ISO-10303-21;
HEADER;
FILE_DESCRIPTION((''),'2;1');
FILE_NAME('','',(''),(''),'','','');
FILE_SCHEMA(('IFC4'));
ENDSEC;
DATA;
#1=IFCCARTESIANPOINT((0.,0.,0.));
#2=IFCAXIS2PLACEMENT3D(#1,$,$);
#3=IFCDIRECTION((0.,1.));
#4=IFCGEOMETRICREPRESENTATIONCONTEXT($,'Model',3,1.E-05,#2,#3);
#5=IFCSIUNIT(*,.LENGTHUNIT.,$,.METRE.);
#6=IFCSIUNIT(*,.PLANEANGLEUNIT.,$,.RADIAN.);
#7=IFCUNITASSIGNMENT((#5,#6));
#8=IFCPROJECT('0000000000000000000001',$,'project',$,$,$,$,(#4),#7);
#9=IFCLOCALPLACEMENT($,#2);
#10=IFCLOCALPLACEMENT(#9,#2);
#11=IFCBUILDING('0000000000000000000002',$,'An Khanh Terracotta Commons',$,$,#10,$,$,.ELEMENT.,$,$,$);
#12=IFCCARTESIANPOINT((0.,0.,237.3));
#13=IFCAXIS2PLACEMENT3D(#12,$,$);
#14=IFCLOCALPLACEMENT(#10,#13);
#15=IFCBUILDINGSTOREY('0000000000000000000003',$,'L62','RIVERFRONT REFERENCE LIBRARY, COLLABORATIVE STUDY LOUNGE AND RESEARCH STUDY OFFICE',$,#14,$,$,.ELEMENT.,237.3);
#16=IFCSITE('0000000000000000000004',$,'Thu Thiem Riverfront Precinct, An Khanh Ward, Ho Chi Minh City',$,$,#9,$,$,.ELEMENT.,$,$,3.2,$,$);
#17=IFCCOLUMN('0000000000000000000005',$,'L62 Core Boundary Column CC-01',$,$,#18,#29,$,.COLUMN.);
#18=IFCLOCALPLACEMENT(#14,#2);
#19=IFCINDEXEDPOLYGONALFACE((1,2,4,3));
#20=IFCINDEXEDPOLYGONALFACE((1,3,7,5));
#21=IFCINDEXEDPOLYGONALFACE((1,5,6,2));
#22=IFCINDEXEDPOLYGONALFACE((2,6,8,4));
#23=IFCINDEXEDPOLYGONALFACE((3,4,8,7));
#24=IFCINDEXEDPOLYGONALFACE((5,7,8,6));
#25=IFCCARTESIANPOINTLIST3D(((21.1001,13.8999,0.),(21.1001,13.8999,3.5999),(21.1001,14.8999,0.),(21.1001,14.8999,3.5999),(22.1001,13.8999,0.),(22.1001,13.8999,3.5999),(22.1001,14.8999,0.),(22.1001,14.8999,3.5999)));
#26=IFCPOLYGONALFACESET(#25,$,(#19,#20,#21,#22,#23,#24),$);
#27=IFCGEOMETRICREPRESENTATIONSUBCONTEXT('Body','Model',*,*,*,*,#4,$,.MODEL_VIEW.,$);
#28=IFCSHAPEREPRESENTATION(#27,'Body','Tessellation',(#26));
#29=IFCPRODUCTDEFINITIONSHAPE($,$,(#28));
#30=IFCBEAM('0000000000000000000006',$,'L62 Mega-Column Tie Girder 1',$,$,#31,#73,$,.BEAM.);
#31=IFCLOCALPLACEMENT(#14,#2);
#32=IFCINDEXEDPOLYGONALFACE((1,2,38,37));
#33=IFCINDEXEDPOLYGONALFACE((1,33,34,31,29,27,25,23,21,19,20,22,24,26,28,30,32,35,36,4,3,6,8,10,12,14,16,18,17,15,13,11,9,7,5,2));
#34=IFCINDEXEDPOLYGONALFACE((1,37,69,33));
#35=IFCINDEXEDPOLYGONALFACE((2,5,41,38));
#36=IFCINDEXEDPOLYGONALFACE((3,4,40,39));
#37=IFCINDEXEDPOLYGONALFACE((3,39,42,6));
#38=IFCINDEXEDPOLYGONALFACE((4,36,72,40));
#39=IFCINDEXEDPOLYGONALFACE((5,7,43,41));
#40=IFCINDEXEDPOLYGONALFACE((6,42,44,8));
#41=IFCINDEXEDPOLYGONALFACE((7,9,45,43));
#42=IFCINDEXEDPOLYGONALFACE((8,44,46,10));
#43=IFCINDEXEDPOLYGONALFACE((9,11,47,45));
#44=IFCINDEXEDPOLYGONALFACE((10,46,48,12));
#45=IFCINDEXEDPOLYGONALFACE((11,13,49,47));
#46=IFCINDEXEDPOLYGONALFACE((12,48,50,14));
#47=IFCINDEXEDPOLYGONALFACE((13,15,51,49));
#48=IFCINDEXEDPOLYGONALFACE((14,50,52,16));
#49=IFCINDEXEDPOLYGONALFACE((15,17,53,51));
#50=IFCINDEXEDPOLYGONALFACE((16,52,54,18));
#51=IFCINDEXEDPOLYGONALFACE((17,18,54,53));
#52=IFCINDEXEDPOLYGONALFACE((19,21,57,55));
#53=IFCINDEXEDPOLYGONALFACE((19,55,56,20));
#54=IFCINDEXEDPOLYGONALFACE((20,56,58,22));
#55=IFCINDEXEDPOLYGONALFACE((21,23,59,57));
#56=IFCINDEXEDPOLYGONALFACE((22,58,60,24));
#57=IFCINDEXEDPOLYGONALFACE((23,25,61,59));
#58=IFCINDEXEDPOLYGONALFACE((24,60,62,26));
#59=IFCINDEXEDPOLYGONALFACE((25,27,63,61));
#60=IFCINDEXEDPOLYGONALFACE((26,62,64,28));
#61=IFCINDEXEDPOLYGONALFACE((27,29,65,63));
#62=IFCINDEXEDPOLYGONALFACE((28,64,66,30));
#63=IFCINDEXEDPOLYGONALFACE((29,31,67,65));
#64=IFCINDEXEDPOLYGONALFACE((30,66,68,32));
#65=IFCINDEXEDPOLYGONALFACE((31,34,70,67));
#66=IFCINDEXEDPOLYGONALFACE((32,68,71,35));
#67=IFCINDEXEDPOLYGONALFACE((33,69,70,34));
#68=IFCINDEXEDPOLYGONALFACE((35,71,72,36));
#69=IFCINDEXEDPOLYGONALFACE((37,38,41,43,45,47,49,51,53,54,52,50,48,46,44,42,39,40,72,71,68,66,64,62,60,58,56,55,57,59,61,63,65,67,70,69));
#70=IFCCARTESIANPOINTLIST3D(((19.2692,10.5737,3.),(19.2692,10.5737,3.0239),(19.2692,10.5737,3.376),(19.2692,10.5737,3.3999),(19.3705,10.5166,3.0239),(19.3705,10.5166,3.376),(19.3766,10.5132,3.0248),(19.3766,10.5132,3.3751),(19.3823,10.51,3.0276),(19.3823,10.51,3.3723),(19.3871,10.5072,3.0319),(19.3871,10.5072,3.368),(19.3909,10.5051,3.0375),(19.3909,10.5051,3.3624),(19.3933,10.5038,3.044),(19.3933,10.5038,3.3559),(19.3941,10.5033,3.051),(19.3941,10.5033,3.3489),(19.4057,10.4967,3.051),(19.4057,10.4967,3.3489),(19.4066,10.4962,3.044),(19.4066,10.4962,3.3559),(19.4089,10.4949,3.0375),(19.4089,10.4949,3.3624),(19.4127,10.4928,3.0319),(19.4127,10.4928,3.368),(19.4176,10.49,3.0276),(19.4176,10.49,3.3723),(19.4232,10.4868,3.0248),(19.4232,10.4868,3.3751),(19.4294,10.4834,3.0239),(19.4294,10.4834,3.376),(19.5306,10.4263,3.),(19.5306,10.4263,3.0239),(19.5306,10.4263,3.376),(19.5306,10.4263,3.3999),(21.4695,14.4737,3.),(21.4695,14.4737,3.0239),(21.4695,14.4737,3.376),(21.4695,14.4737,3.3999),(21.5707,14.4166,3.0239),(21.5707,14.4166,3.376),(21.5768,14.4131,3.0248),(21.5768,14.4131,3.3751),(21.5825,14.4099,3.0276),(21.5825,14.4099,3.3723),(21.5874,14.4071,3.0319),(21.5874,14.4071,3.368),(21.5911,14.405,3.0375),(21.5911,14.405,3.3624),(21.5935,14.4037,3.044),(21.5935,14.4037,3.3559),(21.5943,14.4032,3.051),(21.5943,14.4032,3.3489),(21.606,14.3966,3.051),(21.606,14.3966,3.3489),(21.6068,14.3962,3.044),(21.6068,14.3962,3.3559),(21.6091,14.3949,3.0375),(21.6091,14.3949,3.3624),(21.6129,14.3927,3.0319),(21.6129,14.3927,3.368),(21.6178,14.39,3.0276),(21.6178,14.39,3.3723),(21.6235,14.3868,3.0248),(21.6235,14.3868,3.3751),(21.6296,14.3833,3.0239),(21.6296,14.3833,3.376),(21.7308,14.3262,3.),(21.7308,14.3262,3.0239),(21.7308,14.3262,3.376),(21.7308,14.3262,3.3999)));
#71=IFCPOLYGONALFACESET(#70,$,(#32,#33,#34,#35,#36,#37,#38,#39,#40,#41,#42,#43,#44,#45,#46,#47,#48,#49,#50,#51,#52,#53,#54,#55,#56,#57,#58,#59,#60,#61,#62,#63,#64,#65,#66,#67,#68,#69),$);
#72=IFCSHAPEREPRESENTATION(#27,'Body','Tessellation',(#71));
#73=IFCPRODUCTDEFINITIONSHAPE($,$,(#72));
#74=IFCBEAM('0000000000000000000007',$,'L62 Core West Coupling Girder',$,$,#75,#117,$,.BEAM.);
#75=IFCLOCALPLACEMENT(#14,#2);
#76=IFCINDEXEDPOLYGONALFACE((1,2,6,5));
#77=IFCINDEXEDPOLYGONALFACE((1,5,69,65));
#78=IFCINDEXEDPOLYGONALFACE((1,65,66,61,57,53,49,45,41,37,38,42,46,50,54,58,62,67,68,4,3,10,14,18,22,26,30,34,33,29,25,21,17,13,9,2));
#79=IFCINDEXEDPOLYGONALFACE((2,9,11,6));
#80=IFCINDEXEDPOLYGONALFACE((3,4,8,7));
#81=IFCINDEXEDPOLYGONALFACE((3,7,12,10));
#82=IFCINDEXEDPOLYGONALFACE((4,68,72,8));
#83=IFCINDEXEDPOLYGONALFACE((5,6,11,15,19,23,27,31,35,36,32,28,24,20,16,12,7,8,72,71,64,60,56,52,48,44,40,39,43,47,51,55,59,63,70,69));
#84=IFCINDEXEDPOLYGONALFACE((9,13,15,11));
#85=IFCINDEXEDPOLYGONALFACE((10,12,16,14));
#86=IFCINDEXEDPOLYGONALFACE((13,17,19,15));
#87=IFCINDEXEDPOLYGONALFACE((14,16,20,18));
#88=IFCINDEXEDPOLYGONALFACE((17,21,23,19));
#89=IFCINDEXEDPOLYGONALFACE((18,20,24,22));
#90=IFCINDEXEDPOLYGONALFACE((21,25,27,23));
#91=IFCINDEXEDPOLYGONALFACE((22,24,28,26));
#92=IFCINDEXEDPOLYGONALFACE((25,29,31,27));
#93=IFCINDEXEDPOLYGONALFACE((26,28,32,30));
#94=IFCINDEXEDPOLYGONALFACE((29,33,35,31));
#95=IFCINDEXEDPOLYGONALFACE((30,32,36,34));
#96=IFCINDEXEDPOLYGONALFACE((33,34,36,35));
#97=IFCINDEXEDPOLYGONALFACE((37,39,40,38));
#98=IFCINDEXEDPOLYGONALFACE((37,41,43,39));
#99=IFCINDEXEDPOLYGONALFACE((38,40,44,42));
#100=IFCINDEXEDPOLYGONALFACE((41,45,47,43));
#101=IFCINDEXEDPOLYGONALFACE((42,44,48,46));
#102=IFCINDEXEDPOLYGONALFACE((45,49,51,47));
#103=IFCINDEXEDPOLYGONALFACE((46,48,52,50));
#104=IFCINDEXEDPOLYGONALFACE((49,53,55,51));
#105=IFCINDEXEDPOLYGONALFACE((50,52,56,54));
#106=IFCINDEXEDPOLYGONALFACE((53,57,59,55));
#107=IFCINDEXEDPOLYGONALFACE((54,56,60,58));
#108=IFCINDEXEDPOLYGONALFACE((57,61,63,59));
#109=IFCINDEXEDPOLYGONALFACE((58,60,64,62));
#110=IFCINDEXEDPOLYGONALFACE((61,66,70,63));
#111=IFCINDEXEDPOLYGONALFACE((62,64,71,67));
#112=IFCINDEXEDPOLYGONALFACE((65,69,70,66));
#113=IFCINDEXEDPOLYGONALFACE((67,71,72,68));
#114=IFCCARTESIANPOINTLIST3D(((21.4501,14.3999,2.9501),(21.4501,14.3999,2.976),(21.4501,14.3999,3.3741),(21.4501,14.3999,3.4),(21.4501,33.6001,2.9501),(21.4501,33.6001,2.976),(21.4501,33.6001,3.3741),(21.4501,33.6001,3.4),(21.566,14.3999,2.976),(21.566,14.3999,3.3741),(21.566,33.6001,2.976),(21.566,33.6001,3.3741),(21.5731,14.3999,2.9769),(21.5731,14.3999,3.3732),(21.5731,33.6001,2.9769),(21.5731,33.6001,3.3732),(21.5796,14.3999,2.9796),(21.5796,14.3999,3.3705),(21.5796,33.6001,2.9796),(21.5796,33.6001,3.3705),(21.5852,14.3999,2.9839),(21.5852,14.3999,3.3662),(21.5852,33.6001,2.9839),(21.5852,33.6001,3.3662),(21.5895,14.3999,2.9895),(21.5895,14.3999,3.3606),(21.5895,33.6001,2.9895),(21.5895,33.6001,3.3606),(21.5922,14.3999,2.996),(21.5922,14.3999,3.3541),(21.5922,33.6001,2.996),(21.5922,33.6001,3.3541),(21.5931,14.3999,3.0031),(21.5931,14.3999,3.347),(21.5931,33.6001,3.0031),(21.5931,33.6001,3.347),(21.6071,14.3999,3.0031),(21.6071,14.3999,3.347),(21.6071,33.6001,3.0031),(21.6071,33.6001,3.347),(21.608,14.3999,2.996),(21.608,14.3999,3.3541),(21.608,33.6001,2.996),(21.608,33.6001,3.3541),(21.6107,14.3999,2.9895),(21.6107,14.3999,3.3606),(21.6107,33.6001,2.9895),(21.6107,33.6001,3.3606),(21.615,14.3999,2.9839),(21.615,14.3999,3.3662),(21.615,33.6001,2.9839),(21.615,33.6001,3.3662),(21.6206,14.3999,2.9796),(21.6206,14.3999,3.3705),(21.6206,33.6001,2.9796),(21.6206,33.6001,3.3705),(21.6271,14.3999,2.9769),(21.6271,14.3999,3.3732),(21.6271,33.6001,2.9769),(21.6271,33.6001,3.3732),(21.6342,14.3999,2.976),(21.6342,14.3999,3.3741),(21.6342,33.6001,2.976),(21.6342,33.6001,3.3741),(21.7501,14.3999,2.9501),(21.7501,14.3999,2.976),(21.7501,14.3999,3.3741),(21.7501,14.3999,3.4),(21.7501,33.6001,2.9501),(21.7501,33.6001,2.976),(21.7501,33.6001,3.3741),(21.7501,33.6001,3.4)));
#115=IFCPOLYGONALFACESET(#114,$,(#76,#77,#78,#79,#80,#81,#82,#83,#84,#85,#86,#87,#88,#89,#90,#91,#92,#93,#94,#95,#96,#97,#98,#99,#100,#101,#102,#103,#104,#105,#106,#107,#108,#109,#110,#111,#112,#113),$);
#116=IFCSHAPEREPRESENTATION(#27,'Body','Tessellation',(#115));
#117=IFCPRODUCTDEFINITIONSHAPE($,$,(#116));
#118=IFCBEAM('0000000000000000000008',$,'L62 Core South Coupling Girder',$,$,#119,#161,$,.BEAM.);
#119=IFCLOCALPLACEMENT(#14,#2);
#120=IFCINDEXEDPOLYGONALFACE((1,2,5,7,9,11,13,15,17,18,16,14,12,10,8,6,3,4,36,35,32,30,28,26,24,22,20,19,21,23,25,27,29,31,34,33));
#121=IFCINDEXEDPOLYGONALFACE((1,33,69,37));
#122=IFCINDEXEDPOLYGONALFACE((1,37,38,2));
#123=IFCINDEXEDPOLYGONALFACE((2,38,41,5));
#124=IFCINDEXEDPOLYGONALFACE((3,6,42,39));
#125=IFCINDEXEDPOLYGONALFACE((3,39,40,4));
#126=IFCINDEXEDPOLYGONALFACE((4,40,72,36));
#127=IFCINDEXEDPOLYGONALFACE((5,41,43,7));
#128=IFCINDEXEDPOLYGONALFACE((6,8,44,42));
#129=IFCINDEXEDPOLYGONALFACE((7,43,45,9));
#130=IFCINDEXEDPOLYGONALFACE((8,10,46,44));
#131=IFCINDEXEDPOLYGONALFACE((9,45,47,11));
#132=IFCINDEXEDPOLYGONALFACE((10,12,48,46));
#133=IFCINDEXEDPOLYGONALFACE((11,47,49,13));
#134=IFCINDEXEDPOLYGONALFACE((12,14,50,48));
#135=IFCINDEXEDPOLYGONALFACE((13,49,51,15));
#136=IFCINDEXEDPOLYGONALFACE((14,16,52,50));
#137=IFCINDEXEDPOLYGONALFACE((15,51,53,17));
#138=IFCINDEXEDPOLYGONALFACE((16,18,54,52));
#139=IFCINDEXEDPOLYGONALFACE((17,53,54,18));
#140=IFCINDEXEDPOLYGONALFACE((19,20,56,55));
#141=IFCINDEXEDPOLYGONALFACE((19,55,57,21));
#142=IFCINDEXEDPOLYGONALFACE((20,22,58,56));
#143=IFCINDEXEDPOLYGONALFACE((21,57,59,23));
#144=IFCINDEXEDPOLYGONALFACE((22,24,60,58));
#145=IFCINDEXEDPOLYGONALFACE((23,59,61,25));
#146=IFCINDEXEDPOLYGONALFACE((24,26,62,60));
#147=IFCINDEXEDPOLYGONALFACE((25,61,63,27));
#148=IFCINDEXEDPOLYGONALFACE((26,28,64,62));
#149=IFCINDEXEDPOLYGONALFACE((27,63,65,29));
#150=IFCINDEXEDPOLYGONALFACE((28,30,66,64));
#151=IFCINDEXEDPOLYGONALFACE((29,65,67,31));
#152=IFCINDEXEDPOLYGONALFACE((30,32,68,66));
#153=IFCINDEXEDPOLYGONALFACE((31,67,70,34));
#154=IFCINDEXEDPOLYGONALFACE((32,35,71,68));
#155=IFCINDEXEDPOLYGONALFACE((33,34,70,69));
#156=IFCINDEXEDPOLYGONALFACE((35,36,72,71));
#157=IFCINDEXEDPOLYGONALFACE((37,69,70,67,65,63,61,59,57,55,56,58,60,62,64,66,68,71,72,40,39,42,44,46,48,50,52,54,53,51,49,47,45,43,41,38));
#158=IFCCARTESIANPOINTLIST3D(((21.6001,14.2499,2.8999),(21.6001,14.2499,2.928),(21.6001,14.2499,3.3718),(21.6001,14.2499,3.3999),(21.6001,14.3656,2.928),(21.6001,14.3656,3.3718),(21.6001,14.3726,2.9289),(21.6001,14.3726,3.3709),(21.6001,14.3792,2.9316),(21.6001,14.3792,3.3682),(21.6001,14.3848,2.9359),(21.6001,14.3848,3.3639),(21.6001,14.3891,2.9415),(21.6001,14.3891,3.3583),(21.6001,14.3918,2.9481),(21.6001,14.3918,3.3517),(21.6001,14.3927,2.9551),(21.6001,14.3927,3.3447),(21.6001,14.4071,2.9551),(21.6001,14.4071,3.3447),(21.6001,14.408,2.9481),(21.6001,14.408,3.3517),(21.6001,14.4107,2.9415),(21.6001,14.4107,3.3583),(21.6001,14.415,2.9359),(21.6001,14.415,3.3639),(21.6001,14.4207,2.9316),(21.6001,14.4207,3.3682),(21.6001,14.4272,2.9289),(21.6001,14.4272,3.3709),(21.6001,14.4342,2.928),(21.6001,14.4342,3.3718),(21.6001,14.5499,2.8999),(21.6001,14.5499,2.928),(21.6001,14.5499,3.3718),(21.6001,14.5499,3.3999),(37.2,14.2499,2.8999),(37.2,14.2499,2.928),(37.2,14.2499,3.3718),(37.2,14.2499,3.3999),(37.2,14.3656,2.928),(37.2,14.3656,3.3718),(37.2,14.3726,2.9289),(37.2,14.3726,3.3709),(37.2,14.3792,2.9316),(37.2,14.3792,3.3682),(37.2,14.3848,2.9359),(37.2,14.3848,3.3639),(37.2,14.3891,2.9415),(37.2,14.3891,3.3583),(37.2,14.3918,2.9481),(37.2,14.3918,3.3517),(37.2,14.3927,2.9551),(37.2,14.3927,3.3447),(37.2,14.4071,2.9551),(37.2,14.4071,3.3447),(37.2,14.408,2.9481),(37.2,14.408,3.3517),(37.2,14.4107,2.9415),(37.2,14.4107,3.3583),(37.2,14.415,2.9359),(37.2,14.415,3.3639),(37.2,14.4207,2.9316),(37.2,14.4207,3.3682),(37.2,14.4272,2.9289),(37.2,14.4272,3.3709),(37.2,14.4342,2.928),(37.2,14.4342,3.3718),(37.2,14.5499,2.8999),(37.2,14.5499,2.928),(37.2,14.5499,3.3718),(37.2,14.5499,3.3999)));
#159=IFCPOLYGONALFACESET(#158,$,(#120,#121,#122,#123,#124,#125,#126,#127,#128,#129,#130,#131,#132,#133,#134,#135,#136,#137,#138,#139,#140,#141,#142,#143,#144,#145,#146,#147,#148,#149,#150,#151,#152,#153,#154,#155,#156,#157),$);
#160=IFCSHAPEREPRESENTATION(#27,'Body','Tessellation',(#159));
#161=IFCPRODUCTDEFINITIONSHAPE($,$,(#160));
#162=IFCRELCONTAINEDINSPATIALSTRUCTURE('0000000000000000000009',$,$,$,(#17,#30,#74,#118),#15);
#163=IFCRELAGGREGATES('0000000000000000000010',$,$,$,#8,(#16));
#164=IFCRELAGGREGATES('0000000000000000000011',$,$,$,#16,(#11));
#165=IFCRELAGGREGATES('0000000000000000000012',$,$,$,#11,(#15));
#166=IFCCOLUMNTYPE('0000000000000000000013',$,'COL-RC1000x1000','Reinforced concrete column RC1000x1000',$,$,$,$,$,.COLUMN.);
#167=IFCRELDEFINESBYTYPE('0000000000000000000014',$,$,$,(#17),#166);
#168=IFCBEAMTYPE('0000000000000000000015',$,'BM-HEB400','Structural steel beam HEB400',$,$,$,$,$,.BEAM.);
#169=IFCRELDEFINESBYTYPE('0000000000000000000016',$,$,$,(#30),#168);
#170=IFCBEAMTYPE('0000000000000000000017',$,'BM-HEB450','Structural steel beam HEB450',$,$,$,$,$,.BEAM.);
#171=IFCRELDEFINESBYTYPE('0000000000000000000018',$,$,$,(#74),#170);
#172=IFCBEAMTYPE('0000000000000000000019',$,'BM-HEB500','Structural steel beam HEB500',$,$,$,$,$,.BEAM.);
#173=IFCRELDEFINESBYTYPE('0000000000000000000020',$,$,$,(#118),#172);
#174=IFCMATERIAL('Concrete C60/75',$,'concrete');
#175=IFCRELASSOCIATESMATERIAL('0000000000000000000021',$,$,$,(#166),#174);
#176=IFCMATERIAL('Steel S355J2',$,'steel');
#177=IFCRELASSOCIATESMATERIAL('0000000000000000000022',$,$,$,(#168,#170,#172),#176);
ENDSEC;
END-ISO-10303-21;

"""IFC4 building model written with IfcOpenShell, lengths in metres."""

from ifc_helpers import new_model, si_unit, direction, frame, origin, origin_2d, place, context, subcontext, project, spatial, rectangle, i_section, extrude, material, material_profile, profile_set, type_object, element, save


model = new_model("IFC4")

# Units and contexts
model_context = context("Model", 3, precision=1e-05, world=origin(), true_north=direction((0.0, 1.0)))
body_context = subcontext(model_context, "Body", "Model", "MODEL_VIEW")
ifc_project = project(units=[si_unit("LENGTHUNIT", "METRE"), si_unit("PLANEANGLEUNIT", "RADIAN")], contexts=[model_context])

# Site, building, storey
site_placement = place(None, origin())
site = spatial("IfcSite", under=ifc_project, at=site_placement, Name="Thu Thiem Riverfront Precinct, An Khanh Ward, Ho Chi Minh City", CompositionType="ELEMENT", RefElevation=3.2)
building_placement = place(site_placement, origin())
building = spatial("IfcBuilding", under=site, at=building_placement, Name="An Khanh Terracotta Commons", CompositionType="ELEMENT")
storey_placement = place(building_placement, frame((0.0, 0.0, 237.3)))
storey = spatial("IfcBuildingStorey", under=building, at=storey_placement, Name="L62", Description="RIVERFRONT REFERENCE LIBRARY, COLLABORATIVE STUDY LOUNGE AND RESEARCH STUDY OFFICE", CompositionType="ELEMENT", Elevation=237.3)

# Column
ifc_material_1 = material(Name="Concrete C60/75", Category="concrete")
ifc_material_profile_1 = material_profile(ifc_material_1, rectangle(XDim=1.0, YDim=1.0, at=origin_2d()), Name="RC1000x1000")
ifc_profile_set_1 = profile_set([ifc_material_profile_1], Name="Concrete C60/75")
column_type = type_object("IfcColumnType", Name="COL-RC1000x1000", Description="Reinforced concrete column RC1000x1000", PredefinedType="COLUMN", material=ifc_profile_set_1)
column_placement = place(storey_placement, frame((21.6001, 14.3999, 0.0), z_axis=(0.0, 0.0, 1.0), x_axis=(1.0, 0.0, 0.0)))
element("IfcColumn", 1, at=column_placement, inside=storey, type_object=column_type, Name="L62 Core Boundary Column CC-01", PredefinedType="COLUMN", context=body_context, shape_type="SweptSolid", body=[
    extrude(rectangle(XDim=1.0, YDim=1.0, at=origin_2d()), origin(), (0.0, 0.0, 1.0), 3.5999),
])

# Beams
ifc_material_2 = material(Name="Steel S355J2", Category="steel")
ifc_material_profile_2 = material_profile(ifc_material_2, i_section(OverallWidth=0.3, OverallDepth=0.3999, WebThickness=0.0134, FlangeThickness=0.0239, FilletRadius=0.0271, at=origin_2d()), Name="HEB400")
ifc_profile_set_2 = profile_set([ifc_material_profile_2], Name="Steel S355J2")
beam_type_1 = type_object("IfcBeamType", Name="BM-HEB400", Description="Structural steel beam HEB400", PredefinedType="BEAM", material=ifc_profile_set_2)
beam_1_placement = place(storey_placement, frame((19.3999, 10.5, 3.2), z_axis=(0.491364, 0.870955, 0.0), x_axis=(-0.870955, 0.491364, 0.0)))
element("IfcBeam", 2, at=beam_1_placement, inside=storey, type_object=beam_type_1, Name="L62 Mega-Column Tie Girder 1", PredefinedType="BEAM", context=body_context, shape_type="SweptSolid", body=[
    extrude(i_section(OverallWidth=0.3, OverallDepth=0.3999, WebThickness=0.0134, FlangeThickness=0.0239, FilletRadius=0.0271, at=origin_2d()), origin(), (0.0, 0.0, 1.0), 4.4778),
])
ifc_material_profile_3 = material_profile(ifc_material_2, i_section(OverallWidth=0.3, OverallDepth=0.45, WebThickness=0.0139, FlangeThickness=0.0259, FilletRadius=0.0271, at=origin_2d()), Name="HEB450")
ifc_profile_set_3 = profile_set([ifc_material_profile_3], Name="Steel S355J2")
beam_type_2 = type_object("IfcBeamType", Name="BM-HEB450", Description="Structural steel beam HEB450", PredefinedType="BEAM", material=ifc_profile_set_3)
beam_2_placement = place(storey_placement, frame((21.6001, 14.3999, 3.175), z_axis=(0.0, 1.0, 0.0), x_axis=(-1.0, 0.0, 0.0)))
element("IfcBeam", 3, at=beam_2_placement, inside=storey, type_object=beam_type_2, Name="L62 Core West Coupling Girder", PredefinedType="BEAM", context=body_context, shape_type="SweptSolid", body=[
    extrude(i_section(OverallWidth=0.3, OverallDepth=0.45, WebThickness=0.0139, FlangeThickness=0.0259, FilletRadius=0.0271, at=origin_2d()), origin(), (0.0, 0.0, 1.0), 19.2002),
])
ifc_material_profile_4 = material_profile(ifc_material_2, i_section(OverallWidth=0.3, OverallDepth=0.5, WebThickness=0.0144, FlangeThickness=0.0281, FilletRadius=0.0271, at=origin_2d()), Name="HEB500")
ifc_profile_set_4 = profile_set([ifc_material_profile_4], Name="Steel S355J2")
beam_type_3 = type_object("IfcBeamType", Name="BM-HEB500", Description="Structural steel beam HEB500", PredefinedType="BEAM", material=ifc_profile_set_4)
beam_3_placement = place(storey_placement, frame((21.6001, 14.3999, 3.1499), z_axis=(1.0, 0.0, 0.0), x_axis=(0.0, 1.0, 0.0)))
element("IfcBeam", 4, at=beam_3_placement, inside=storey, type_object=beam_type_3, Name="L62 Core South Coupling Girder", PredefinedType="BEAM", context=body_context, shape_type="SweptSolid", body=[
    extrude(i_section(OverallWidth=0.3, OverallDepth=0.5, WebThickness=0.0144, FlangeThickness=0.0281, FilletRadius=0.0271, at=origin_2d()), origin(), (0.0, 0.0, 1.0), 15.5999),
])

save(model, "model.ifc")
